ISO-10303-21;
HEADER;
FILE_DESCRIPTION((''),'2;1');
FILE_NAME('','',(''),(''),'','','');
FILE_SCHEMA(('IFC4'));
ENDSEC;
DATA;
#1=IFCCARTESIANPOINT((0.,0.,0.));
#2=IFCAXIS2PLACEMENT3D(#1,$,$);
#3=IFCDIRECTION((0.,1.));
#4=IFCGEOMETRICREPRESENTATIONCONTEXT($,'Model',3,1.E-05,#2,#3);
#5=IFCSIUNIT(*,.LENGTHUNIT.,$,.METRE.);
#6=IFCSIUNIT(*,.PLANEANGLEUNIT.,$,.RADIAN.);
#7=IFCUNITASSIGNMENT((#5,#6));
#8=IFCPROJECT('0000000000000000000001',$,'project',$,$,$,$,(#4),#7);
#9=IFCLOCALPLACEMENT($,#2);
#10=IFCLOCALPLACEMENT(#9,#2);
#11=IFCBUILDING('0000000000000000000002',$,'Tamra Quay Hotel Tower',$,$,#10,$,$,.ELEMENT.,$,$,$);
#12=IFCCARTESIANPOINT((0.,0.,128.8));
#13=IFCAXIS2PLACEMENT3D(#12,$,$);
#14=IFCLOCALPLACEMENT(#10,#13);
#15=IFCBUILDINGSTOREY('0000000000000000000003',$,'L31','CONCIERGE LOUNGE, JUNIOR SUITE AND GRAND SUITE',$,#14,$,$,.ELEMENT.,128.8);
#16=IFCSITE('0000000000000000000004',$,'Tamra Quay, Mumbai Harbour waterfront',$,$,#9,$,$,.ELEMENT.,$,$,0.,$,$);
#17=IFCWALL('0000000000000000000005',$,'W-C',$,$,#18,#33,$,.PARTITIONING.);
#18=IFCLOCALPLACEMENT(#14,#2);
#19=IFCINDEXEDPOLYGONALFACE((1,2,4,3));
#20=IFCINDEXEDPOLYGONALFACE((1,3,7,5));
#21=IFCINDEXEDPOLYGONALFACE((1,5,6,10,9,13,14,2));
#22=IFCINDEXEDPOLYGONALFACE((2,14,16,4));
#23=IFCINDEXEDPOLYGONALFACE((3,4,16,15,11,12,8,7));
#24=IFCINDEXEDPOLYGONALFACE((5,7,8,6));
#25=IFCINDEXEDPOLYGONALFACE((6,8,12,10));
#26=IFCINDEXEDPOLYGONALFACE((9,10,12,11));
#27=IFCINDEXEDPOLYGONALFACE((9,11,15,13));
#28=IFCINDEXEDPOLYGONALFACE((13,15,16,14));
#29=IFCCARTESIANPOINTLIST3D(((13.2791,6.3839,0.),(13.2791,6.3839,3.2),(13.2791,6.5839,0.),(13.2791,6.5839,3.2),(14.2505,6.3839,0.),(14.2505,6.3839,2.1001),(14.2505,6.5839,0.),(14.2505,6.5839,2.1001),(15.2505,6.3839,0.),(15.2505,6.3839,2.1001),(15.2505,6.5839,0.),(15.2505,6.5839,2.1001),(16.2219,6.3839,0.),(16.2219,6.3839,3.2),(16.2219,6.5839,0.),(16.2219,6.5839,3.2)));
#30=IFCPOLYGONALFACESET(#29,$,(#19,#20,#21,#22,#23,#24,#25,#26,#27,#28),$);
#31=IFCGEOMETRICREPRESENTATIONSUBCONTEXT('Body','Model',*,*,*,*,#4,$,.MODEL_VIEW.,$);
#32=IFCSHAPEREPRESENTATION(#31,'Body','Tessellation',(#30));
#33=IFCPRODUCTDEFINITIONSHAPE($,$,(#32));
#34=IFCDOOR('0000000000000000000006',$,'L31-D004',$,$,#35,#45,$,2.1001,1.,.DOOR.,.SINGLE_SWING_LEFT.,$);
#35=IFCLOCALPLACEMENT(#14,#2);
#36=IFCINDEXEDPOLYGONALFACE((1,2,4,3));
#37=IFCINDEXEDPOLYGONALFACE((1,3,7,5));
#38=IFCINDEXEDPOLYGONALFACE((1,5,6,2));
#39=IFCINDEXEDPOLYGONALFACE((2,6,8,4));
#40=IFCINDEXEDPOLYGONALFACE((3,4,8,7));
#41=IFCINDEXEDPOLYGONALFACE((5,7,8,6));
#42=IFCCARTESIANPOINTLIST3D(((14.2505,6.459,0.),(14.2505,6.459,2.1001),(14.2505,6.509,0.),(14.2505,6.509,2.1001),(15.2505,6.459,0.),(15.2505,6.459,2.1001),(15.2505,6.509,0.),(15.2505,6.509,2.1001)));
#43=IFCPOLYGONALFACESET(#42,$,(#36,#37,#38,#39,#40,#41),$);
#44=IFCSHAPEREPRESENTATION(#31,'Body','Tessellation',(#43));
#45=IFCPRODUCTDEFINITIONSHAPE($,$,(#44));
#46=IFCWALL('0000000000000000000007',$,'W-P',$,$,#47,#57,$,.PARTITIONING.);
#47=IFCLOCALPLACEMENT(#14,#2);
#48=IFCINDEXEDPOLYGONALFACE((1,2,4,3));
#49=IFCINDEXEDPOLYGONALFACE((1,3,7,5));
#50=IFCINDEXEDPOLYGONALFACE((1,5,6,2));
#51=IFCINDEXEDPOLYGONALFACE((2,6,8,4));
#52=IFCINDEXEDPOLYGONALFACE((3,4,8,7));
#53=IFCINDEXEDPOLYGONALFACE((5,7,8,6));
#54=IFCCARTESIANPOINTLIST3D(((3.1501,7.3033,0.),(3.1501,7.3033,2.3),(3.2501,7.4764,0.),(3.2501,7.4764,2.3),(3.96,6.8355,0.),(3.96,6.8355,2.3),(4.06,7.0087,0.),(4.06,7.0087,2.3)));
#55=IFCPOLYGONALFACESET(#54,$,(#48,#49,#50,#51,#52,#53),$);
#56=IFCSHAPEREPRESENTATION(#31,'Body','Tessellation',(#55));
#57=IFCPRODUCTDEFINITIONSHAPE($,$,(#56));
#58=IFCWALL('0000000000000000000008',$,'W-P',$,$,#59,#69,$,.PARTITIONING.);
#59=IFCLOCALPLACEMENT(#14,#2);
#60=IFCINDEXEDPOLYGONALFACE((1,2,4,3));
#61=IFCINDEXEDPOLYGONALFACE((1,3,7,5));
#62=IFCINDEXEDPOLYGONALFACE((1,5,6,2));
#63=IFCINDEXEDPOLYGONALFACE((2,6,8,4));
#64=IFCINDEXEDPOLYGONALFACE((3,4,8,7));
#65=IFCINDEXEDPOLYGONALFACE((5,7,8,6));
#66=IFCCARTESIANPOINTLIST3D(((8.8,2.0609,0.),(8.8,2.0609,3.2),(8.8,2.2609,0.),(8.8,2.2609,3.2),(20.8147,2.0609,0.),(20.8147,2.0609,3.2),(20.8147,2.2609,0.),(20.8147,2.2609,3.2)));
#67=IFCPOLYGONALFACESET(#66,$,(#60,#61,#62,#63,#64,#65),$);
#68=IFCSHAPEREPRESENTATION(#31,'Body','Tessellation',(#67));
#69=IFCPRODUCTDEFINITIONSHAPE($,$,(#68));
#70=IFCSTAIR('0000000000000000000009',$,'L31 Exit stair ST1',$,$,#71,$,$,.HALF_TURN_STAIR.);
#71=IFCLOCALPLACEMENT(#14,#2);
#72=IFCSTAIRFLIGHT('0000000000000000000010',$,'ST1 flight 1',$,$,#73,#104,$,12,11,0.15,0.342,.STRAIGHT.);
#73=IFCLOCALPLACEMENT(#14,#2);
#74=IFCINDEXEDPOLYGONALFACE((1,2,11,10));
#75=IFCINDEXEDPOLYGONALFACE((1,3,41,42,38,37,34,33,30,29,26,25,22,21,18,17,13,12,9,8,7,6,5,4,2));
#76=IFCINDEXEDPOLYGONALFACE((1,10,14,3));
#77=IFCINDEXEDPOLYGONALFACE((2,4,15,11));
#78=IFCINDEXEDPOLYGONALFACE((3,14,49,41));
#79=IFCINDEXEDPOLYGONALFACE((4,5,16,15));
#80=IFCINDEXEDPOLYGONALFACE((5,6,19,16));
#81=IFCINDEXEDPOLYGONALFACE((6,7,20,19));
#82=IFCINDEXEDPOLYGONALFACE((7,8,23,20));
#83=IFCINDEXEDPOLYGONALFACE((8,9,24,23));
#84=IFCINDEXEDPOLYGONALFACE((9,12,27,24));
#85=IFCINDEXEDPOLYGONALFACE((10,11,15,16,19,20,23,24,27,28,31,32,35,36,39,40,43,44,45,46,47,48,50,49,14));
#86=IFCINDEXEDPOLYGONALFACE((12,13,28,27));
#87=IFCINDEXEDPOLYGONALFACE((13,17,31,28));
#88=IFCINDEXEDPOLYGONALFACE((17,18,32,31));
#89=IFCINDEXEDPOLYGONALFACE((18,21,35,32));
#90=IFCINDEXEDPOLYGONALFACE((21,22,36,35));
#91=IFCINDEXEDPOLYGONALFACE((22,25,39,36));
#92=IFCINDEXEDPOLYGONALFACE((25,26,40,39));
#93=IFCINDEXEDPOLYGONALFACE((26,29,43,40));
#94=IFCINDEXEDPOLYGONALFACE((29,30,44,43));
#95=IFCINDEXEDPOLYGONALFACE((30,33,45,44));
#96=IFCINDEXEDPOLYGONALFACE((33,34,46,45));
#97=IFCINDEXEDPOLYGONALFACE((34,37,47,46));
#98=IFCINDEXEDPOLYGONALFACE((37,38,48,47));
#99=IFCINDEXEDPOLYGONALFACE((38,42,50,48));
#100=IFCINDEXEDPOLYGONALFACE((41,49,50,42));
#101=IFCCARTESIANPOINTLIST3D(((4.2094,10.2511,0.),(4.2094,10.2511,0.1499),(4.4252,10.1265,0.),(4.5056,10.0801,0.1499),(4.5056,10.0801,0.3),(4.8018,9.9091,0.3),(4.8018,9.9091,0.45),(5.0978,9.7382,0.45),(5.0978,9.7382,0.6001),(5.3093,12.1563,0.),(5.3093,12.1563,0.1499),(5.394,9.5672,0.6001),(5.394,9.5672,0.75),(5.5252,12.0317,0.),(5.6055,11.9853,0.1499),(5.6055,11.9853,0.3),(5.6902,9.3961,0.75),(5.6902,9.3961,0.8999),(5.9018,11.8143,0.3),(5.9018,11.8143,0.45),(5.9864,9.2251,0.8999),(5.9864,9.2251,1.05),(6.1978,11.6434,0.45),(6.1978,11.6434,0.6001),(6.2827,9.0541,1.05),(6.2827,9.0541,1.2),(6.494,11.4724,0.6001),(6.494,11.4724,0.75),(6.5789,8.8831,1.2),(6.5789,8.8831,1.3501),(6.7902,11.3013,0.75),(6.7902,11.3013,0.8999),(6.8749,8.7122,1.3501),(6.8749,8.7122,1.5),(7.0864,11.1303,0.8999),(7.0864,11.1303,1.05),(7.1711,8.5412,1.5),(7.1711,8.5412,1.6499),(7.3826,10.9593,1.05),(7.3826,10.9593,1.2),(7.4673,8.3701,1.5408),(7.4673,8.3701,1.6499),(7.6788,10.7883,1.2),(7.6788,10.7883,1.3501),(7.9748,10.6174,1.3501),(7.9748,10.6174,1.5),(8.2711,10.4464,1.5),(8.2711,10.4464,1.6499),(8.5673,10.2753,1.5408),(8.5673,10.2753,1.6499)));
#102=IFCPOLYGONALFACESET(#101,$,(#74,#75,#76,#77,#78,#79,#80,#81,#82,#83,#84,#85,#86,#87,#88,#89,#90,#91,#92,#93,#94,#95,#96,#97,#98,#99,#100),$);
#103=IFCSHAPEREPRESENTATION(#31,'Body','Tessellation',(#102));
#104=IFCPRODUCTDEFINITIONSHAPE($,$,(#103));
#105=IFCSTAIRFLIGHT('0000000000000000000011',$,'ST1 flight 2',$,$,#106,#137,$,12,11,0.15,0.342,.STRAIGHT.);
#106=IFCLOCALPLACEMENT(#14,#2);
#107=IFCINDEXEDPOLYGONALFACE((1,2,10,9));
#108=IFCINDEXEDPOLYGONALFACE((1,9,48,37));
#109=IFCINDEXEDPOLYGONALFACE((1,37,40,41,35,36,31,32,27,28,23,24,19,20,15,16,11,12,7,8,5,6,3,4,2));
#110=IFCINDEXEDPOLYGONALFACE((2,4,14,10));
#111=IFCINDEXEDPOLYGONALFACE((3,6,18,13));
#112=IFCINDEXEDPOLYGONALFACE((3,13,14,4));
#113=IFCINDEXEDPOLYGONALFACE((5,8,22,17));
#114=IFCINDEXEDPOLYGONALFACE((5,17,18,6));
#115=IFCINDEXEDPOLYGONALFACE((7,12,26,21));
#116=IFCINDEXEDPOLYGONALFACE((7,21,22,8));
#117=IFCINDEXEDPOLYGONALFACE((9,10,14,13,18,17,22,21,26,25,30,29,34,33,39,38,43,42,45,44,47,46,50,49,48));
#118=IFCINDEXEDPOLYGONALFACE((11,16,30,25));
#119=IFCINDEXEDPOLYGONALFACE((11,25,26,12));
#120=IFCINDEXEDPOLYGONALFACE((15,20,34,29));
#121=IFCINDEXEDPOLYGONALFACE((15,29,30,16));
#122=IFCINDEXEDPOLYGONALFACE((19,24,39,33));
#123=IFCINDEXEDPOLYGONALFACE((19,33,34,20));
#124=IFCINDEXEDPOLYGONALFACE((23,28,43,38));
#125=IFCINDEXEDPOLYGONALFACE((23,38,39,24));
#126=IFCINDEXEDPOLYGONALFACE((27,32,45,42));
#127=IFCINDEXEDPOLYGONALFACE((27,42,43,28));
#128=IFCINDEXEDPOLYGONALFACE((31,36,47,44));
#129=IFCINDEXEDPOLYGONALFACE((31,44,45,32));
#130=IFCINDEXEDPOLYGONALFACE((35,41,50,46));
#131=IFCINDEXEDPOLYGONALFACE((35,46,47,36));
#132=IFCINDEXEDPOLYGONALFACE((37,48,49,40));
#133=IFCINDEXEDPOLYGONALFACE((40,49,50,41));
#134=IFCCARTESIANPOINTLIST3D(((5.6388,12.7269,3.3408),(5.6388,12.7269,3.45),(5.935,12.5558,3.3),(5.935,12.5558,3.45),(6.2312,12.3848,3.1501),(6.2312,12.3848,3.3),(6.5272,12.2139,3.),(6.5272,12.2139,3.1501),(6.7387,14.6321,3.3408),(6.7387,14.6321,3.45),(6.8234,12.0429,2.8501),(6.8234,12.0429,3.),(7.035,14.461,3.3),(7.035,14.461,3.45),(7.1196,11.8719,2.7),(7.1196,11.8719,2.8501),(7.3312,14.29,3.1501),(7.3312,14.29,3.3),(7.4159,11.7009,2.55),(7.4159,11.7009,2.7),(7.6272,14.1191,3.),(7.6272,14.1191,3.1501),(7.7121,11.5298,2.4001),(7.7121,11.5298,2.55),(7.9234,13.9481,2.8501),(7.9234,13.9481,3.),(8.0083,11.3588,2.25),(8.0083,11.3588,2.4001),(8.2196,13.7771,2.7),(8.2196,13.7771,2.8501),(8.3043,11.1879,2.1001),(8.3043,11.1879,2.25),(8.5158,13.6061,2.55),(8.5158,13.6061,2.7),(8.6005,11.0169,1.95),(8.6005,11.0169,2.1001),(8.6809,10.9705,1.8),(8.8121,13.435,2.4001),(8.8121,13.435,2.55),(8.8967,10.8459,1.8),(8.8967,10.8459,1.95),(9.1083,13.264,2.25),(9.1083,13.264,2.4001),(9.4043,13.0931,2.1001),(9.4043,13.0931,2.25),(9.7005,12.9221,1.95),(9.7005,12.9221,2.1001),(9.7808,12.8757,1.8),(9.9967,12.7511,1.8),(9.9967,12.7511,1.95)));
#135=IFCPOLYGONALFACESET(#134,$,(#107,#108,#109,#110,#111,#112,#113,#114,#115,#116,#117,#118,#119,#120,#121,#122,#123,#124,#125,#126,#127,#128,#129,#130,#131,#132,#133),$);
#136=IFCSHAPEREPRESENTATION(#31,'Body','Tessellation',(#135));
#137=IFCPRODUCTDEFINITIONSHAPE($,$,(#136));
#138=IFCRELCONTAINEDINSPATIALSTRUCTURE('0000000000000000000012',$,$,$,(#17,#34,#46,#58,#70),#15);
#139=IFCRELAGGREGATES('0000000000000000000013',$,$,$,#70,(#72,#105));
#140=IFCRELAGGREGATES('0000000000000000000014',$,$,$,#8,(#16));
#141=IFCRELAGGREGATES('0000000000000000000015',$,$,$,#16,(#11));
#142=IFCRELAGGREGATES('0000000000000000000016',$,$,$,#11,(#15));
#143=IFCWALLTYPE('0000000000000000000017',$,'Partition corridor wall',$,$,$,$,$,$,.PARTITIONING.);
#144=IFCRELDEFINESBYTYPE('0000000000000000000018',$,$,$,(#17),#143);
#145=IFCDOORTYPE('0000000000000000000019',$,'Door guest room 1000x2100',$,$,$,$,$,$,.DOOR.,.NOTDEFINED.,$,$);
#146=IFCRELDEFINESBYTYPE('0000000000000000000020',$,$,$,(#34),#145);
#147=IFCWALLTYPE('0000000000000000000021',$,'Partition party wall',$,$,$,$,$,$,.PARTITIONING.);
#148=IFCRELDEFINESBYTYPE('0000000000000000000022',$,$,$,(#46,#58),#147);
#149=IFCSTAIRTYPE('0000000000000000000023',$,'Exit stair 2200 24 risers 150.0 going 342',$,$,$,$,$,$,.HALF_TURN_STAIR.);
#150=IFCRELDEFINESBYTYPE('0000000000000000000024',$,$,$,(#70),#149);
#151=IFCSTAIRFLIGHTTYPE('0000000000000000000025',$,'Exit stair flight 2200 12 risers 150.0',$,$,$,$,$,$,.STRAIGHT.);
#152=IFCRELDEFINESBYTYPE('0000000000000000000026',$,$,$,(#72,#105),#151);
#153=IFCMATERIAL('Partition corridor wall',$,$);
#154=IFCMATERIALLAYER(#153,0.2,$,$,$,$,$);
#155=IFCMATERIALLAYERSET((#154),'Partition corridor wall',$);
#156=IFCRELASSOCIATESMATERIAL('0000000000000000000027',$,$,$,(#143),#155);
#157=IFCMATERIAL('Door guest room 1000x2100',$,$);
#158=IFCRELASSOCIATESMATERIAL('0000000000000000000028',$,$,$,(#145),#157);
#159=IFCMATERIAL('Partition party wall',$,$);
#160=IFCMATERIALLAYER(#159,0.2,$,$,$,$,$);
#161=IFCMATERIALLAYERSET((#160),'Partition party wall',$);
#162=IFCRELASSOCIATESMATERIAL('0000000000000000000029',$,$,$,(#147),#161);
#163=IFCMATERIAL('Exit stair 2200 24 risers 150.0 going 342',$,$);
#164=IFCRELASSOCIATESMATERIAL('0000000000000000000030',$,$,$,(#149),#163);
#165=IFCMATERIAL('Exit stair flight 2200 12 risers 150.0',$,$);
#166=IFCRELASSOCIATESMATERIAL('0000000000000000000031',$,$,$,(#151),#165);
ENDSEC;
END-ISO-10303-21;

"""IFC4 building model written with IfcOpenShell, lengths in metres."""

from ifc_helpers import new_model, si_unit, direction, frame, frame_2d, origin, place, context, subcontext, project, spatial, polyline, rectangle, outline, extrude, material, layer, layer_set, type_object, element, fill, aggregate, save


model = new_model("IFC4")

# Units and contexts
model_context = context("Model", 3, precision=1e-05, world=origin(), true_north=direction((0.0, 1.0)))
body_context = subcontext(model_context, "Body", "Model", "MODEL_VIEW")
ifc_project = project(units=[si_unit("LENGTHUNIT", "METRE"), si_unit("PLANEANGLEUNIT", "RADIAN")], contexts=[model_context])

# Site, building, storey
site_placement = place(None, origin())
site = spatial("IfcSite", under=ifc_project, at=site_placement, Name="Tamra Quay, Mumbai Harbour waterfront", CompositionType="ELEMENT", RefElevation=0.0)
building_placement = place(site_placement, origin())
building = spatial("IfcBuilding", under=site, at=building_placement, Name="Tamra Quay Hotel Tower", CompositionType="ELEMENT")
storey_placement = place(building_placement, frame((0.0, 0.0, 128.8)))
storey = spatial("IfcBuildingStorey", under=building, at=storey_placement, Name="L31", Description="CONCIERGE LOUNGE, JUNIOR SUITE AND GRAND SUITE", CompositionType="ELEMENT", Elevation=128.8)

# Shared definitions
ifc_material_1 = material(Name="Partition corridor wall")
ifc_layer_1 = layer(ifc_material_1, 0.2)
ifc_layer_set_1 = layer_set([ifc_layer_1], Name="Partition corridor wall")
wall_type_1 = type_object("IfcWallType", Name="Partition corridor wall", PredefinedType="PARTITIONING", material=ifc_layer_set_1)

# Wall, opening, door
wall_1_placement = place(storey_placement, frame((13.2791, 6.4839, 0.0), z_axis=(0.0, 0.0, 1.0), x_axis=(1.0, 0.0, 0.0)))
wall_1 = element("IfcWall", 1, at=wall_1_placement, inside=storey, type_object=wall_type_1, Name="W-C", PredefinedType="PARTITIONING", context=body_context, shape_type="SweptSolid", body=[
    extrude(rectangle(XDim=2.9429, YDim=0.2, at=frame_2d((1.4714, 0.0))), origin(), (0.0, 0.0, 1.0), 3.2),
])
opening_1_placement = place(wall_1_placement, frame((0.9714, 0.0, 0.0)))
opening_1 = element("IfcOpeningElement", 2, at=opening_1_placement, cuts=wall_1, PredefinedType="OPENING", context=body_context, shape_type="SweptSolid", body=[
    extrude(rectangle(XDim=1.0, YDim=2.1001, at=frame_2d((0.5, 1.05))), frame((0.0, 0.1099, 0.0), z_axis=(0.0, -1.0, 0.0), x_axis=(1.0, 0.0, 0.0)), (0.0, 0.0, 1.0), 0.22),
])
ifc_material_2 = material(Name="Door guest room 1000x2100")
door_type_1 = type_object("IfcDoorType", Name="Door guest room 1000x2100", OperationType="NOTDEFINED", PredefinedType="DOOR", material=ifc_material_2)
door_1_placement = place(opening_1_placement, frame((1.0, 0.0, 0.0), z_axis=(0.0, 0.0, 1.0), x_axis=(-1.0, 0.0, 0.0)))
door_1 = element("IfcDoor", 3, at=door_1_placement, inside=storey, type_object=door_type_1, Name="L31-D004", OperationType="SINGLE_SWING_LEFT", OverallHeight=2.1001, OverallWidth=1.0, PredefinedType="DOOR", context=body_context, shape_type="SweptSolid", body=[
    extrude(rectangle(XDim=1.0, YDim=2.1001, at=frame_2d((0.5, 1.05))), frame((0.0, 0.0249, 0.0), z_axis=(0.0, -1.0, 0.0), x_axis=(1.0, 0.0, 0.0)), (0.0, 0.0, 1.0), 0.05),
])
fill(opening_1, door_1)

# Walls
ifc_material_3 = material(Name="Partition party wall")
ifc_layer_2 = layer(ifc_material_3, 0.2)
ifc_layer_set_2 = layer_set([ifc_layer_2], Name="Partition party wall")
wall_type_2 = type_object("IfcWallType", Name="Partition party wall", PredefinedType="PARTITIONING", material=ifc_layer_set_2)
wall_2_placement = place(storey_placement, frame((3.2, 7.3899, 0.0), z_axis=(0.0, 0.0, 1.0), x_axis=(0.865986, -0.500069, 0.0)))
element("IfcWall", 4, at=wall_2_placement, inside=storey, type_object=wall_type_2, Name="W-P", PredefinedType="PARTITIONING", context=body_context, shape_type="SweptSolid", body=[
    extrude(rectangle(XDim=0.9353, YDim=0.2, at=frame_2d((0.4678, 0.0))), origin(), (0.0, 0.0, 1.0), 2.3),
])
wall_3_placement = place(storey_placement, frame((8.8, 2.1609, 0.0), z_axis=(0.0, 0.0, 1.0), x_axis=(1.0, 0.0, 0.0)))
element("IfcWall", 5, at=wall_3_placement, inside=storey, type_object=wall_type_2, Name="W-P", PredefinedType="PARTITIONING", context=body_context, shape_type="SweptSolid", body=[
    extrude(rectangle(XDim=12.0146, YDim=0.2, at=frame_2d((6.0073, 0.0))), origin(), (0.0, 0.0, 1.0), 3.2),
])

# Stair, stair flights
ifc_material_4 = material(Name="Exit stair 2200 24 risers 150.0 going 342")
stair_type = type_object("IfcStairType", Name="Exit stair 2200 24 risers 150.0 going 342", PredefinedType="HALF_TURN_STAIR", material=ifc_material_4)
stair_placement = place(storey_placement, origin())
stair = element("IfcStair", 6, at=stair_placement, inside=storey, type_object=stair_type, Name="L31 Exit stair ST1", PredefinedType="HALF_TURN_STAIR")
ifc_material_5 = material(Name="Exit stair flight 2200 12 risers 150.0")
stair_flight_type = type_object("IfcStairFlightType", Name="Exit stair flight 2200 12 risers 150.0", PredefinedType="STRAIGHT", material=ifc_material_5)
stair_flight_1_placement = place(storey_placement, frame((4.7593, 11.2036, 0.0), z_axis=(0.0, 0.0, 1.0), x_axis=(0.866025, -0.5, 0.0)))
stair_flight_1 = element("IfcStairFlight", 7, at=stair_flight_1_placement, type_object=stair_flight_type, Name="ST1 flight 1", NumberOfRisers=12, NumberOfTreads=11, PredefinedType="STRAIGHT", RiserHeight=0.15, TreadLength=0.342, context=body_context, shape_type="SweptSolid", body=[
    extrude(outline(polyline([(0.0, 0.0), (0.0, 0.1499), (0.342, 0.1499), (0.342, 0.3), (0.6841, 0.3), (0.6841, 0.45), (1.0259, 0.45), (1.0259, 0.6001), (1.3679, 0.6001), (1.3679, 0.75), (1.71, 0.75), (1.71, 0.8999), (2.052, 0.8999), (2.052, 1.05), (2.394, 1.05), (2.394, 1.2), (2.7361, 1.2), (2.7361, 1.3501), (3.0779, 1.3501), (3.0779, 1.5), (3.4199, 1.5), (3.4199, 1.6499), (3.762, 1.6499), (3.762, 1.8), (3.762, 1.5408), (0.2493, 0.0), (0.0, 0.0)])), frame((0.0, 1.1001, 0.0), z_axis=(0.0, -1.0, 0.0), x_axis=(1.0, 0.0, 0.0)), (0.0, 0.0, 1.0), 2.2),
])
stair_flight_2_placement = place(storey_placement, frame((9.4468, 11.7986, 1.8), z_axis=(0.0, 0.0, 1.0), x_axis=(-0.866025, 0.5, 0.0)))
stair_flight_2 = element("IfcStairFlight", 8, at=stair_flight_2_placement, type_object=stair_flight_type, Name="ST1 flight 2", NumberOfRisers=12, NumberOfTreads=11, PredefinedType="STRAIGHT", RiserHeight=0.15, TreadLength=0.342, context=body_context, shape_type="SweptSolid", body=[
    extrude(outline(polyline([(0.0, 0.0), (0.0, 0.1499), (0.342, 0.1499), (0.342, 0.3), (0.6841, 0.3), (0.6841, 0.45), (1.0259, 0.45), (1.0259, 0.6001), (1.3679, 0.6001), (1.3679, 0.75), (1.71, 0.75), (1.71, 0.8999), (2.052, 0.8999), (2.052, 1.05), (2.394, 1.05), (2.394, 1.2), (2.7361, 1.2), (2.7361, 1.3501), (3.0779, 1.3501), (3.0779, 1.5), (3.4199, 1.5), (3.4199, 1.6499), (3.762, 1.6499), (3.762, 1.8), (3.762, 1.5408), (0.2493, 0.0), (0.0, 0.0)])), frame((0.0, 1.1001, 0.0), z_axis=(0.0, -1.0, 0.0), x_axis=(1.0, 0.0, 0.0)), (0.0, 0.0, 1.0), 2.2),
])
aggregate(stair, [stair_flight_1, stair_flight_2])

save(model, "model.ifc")
